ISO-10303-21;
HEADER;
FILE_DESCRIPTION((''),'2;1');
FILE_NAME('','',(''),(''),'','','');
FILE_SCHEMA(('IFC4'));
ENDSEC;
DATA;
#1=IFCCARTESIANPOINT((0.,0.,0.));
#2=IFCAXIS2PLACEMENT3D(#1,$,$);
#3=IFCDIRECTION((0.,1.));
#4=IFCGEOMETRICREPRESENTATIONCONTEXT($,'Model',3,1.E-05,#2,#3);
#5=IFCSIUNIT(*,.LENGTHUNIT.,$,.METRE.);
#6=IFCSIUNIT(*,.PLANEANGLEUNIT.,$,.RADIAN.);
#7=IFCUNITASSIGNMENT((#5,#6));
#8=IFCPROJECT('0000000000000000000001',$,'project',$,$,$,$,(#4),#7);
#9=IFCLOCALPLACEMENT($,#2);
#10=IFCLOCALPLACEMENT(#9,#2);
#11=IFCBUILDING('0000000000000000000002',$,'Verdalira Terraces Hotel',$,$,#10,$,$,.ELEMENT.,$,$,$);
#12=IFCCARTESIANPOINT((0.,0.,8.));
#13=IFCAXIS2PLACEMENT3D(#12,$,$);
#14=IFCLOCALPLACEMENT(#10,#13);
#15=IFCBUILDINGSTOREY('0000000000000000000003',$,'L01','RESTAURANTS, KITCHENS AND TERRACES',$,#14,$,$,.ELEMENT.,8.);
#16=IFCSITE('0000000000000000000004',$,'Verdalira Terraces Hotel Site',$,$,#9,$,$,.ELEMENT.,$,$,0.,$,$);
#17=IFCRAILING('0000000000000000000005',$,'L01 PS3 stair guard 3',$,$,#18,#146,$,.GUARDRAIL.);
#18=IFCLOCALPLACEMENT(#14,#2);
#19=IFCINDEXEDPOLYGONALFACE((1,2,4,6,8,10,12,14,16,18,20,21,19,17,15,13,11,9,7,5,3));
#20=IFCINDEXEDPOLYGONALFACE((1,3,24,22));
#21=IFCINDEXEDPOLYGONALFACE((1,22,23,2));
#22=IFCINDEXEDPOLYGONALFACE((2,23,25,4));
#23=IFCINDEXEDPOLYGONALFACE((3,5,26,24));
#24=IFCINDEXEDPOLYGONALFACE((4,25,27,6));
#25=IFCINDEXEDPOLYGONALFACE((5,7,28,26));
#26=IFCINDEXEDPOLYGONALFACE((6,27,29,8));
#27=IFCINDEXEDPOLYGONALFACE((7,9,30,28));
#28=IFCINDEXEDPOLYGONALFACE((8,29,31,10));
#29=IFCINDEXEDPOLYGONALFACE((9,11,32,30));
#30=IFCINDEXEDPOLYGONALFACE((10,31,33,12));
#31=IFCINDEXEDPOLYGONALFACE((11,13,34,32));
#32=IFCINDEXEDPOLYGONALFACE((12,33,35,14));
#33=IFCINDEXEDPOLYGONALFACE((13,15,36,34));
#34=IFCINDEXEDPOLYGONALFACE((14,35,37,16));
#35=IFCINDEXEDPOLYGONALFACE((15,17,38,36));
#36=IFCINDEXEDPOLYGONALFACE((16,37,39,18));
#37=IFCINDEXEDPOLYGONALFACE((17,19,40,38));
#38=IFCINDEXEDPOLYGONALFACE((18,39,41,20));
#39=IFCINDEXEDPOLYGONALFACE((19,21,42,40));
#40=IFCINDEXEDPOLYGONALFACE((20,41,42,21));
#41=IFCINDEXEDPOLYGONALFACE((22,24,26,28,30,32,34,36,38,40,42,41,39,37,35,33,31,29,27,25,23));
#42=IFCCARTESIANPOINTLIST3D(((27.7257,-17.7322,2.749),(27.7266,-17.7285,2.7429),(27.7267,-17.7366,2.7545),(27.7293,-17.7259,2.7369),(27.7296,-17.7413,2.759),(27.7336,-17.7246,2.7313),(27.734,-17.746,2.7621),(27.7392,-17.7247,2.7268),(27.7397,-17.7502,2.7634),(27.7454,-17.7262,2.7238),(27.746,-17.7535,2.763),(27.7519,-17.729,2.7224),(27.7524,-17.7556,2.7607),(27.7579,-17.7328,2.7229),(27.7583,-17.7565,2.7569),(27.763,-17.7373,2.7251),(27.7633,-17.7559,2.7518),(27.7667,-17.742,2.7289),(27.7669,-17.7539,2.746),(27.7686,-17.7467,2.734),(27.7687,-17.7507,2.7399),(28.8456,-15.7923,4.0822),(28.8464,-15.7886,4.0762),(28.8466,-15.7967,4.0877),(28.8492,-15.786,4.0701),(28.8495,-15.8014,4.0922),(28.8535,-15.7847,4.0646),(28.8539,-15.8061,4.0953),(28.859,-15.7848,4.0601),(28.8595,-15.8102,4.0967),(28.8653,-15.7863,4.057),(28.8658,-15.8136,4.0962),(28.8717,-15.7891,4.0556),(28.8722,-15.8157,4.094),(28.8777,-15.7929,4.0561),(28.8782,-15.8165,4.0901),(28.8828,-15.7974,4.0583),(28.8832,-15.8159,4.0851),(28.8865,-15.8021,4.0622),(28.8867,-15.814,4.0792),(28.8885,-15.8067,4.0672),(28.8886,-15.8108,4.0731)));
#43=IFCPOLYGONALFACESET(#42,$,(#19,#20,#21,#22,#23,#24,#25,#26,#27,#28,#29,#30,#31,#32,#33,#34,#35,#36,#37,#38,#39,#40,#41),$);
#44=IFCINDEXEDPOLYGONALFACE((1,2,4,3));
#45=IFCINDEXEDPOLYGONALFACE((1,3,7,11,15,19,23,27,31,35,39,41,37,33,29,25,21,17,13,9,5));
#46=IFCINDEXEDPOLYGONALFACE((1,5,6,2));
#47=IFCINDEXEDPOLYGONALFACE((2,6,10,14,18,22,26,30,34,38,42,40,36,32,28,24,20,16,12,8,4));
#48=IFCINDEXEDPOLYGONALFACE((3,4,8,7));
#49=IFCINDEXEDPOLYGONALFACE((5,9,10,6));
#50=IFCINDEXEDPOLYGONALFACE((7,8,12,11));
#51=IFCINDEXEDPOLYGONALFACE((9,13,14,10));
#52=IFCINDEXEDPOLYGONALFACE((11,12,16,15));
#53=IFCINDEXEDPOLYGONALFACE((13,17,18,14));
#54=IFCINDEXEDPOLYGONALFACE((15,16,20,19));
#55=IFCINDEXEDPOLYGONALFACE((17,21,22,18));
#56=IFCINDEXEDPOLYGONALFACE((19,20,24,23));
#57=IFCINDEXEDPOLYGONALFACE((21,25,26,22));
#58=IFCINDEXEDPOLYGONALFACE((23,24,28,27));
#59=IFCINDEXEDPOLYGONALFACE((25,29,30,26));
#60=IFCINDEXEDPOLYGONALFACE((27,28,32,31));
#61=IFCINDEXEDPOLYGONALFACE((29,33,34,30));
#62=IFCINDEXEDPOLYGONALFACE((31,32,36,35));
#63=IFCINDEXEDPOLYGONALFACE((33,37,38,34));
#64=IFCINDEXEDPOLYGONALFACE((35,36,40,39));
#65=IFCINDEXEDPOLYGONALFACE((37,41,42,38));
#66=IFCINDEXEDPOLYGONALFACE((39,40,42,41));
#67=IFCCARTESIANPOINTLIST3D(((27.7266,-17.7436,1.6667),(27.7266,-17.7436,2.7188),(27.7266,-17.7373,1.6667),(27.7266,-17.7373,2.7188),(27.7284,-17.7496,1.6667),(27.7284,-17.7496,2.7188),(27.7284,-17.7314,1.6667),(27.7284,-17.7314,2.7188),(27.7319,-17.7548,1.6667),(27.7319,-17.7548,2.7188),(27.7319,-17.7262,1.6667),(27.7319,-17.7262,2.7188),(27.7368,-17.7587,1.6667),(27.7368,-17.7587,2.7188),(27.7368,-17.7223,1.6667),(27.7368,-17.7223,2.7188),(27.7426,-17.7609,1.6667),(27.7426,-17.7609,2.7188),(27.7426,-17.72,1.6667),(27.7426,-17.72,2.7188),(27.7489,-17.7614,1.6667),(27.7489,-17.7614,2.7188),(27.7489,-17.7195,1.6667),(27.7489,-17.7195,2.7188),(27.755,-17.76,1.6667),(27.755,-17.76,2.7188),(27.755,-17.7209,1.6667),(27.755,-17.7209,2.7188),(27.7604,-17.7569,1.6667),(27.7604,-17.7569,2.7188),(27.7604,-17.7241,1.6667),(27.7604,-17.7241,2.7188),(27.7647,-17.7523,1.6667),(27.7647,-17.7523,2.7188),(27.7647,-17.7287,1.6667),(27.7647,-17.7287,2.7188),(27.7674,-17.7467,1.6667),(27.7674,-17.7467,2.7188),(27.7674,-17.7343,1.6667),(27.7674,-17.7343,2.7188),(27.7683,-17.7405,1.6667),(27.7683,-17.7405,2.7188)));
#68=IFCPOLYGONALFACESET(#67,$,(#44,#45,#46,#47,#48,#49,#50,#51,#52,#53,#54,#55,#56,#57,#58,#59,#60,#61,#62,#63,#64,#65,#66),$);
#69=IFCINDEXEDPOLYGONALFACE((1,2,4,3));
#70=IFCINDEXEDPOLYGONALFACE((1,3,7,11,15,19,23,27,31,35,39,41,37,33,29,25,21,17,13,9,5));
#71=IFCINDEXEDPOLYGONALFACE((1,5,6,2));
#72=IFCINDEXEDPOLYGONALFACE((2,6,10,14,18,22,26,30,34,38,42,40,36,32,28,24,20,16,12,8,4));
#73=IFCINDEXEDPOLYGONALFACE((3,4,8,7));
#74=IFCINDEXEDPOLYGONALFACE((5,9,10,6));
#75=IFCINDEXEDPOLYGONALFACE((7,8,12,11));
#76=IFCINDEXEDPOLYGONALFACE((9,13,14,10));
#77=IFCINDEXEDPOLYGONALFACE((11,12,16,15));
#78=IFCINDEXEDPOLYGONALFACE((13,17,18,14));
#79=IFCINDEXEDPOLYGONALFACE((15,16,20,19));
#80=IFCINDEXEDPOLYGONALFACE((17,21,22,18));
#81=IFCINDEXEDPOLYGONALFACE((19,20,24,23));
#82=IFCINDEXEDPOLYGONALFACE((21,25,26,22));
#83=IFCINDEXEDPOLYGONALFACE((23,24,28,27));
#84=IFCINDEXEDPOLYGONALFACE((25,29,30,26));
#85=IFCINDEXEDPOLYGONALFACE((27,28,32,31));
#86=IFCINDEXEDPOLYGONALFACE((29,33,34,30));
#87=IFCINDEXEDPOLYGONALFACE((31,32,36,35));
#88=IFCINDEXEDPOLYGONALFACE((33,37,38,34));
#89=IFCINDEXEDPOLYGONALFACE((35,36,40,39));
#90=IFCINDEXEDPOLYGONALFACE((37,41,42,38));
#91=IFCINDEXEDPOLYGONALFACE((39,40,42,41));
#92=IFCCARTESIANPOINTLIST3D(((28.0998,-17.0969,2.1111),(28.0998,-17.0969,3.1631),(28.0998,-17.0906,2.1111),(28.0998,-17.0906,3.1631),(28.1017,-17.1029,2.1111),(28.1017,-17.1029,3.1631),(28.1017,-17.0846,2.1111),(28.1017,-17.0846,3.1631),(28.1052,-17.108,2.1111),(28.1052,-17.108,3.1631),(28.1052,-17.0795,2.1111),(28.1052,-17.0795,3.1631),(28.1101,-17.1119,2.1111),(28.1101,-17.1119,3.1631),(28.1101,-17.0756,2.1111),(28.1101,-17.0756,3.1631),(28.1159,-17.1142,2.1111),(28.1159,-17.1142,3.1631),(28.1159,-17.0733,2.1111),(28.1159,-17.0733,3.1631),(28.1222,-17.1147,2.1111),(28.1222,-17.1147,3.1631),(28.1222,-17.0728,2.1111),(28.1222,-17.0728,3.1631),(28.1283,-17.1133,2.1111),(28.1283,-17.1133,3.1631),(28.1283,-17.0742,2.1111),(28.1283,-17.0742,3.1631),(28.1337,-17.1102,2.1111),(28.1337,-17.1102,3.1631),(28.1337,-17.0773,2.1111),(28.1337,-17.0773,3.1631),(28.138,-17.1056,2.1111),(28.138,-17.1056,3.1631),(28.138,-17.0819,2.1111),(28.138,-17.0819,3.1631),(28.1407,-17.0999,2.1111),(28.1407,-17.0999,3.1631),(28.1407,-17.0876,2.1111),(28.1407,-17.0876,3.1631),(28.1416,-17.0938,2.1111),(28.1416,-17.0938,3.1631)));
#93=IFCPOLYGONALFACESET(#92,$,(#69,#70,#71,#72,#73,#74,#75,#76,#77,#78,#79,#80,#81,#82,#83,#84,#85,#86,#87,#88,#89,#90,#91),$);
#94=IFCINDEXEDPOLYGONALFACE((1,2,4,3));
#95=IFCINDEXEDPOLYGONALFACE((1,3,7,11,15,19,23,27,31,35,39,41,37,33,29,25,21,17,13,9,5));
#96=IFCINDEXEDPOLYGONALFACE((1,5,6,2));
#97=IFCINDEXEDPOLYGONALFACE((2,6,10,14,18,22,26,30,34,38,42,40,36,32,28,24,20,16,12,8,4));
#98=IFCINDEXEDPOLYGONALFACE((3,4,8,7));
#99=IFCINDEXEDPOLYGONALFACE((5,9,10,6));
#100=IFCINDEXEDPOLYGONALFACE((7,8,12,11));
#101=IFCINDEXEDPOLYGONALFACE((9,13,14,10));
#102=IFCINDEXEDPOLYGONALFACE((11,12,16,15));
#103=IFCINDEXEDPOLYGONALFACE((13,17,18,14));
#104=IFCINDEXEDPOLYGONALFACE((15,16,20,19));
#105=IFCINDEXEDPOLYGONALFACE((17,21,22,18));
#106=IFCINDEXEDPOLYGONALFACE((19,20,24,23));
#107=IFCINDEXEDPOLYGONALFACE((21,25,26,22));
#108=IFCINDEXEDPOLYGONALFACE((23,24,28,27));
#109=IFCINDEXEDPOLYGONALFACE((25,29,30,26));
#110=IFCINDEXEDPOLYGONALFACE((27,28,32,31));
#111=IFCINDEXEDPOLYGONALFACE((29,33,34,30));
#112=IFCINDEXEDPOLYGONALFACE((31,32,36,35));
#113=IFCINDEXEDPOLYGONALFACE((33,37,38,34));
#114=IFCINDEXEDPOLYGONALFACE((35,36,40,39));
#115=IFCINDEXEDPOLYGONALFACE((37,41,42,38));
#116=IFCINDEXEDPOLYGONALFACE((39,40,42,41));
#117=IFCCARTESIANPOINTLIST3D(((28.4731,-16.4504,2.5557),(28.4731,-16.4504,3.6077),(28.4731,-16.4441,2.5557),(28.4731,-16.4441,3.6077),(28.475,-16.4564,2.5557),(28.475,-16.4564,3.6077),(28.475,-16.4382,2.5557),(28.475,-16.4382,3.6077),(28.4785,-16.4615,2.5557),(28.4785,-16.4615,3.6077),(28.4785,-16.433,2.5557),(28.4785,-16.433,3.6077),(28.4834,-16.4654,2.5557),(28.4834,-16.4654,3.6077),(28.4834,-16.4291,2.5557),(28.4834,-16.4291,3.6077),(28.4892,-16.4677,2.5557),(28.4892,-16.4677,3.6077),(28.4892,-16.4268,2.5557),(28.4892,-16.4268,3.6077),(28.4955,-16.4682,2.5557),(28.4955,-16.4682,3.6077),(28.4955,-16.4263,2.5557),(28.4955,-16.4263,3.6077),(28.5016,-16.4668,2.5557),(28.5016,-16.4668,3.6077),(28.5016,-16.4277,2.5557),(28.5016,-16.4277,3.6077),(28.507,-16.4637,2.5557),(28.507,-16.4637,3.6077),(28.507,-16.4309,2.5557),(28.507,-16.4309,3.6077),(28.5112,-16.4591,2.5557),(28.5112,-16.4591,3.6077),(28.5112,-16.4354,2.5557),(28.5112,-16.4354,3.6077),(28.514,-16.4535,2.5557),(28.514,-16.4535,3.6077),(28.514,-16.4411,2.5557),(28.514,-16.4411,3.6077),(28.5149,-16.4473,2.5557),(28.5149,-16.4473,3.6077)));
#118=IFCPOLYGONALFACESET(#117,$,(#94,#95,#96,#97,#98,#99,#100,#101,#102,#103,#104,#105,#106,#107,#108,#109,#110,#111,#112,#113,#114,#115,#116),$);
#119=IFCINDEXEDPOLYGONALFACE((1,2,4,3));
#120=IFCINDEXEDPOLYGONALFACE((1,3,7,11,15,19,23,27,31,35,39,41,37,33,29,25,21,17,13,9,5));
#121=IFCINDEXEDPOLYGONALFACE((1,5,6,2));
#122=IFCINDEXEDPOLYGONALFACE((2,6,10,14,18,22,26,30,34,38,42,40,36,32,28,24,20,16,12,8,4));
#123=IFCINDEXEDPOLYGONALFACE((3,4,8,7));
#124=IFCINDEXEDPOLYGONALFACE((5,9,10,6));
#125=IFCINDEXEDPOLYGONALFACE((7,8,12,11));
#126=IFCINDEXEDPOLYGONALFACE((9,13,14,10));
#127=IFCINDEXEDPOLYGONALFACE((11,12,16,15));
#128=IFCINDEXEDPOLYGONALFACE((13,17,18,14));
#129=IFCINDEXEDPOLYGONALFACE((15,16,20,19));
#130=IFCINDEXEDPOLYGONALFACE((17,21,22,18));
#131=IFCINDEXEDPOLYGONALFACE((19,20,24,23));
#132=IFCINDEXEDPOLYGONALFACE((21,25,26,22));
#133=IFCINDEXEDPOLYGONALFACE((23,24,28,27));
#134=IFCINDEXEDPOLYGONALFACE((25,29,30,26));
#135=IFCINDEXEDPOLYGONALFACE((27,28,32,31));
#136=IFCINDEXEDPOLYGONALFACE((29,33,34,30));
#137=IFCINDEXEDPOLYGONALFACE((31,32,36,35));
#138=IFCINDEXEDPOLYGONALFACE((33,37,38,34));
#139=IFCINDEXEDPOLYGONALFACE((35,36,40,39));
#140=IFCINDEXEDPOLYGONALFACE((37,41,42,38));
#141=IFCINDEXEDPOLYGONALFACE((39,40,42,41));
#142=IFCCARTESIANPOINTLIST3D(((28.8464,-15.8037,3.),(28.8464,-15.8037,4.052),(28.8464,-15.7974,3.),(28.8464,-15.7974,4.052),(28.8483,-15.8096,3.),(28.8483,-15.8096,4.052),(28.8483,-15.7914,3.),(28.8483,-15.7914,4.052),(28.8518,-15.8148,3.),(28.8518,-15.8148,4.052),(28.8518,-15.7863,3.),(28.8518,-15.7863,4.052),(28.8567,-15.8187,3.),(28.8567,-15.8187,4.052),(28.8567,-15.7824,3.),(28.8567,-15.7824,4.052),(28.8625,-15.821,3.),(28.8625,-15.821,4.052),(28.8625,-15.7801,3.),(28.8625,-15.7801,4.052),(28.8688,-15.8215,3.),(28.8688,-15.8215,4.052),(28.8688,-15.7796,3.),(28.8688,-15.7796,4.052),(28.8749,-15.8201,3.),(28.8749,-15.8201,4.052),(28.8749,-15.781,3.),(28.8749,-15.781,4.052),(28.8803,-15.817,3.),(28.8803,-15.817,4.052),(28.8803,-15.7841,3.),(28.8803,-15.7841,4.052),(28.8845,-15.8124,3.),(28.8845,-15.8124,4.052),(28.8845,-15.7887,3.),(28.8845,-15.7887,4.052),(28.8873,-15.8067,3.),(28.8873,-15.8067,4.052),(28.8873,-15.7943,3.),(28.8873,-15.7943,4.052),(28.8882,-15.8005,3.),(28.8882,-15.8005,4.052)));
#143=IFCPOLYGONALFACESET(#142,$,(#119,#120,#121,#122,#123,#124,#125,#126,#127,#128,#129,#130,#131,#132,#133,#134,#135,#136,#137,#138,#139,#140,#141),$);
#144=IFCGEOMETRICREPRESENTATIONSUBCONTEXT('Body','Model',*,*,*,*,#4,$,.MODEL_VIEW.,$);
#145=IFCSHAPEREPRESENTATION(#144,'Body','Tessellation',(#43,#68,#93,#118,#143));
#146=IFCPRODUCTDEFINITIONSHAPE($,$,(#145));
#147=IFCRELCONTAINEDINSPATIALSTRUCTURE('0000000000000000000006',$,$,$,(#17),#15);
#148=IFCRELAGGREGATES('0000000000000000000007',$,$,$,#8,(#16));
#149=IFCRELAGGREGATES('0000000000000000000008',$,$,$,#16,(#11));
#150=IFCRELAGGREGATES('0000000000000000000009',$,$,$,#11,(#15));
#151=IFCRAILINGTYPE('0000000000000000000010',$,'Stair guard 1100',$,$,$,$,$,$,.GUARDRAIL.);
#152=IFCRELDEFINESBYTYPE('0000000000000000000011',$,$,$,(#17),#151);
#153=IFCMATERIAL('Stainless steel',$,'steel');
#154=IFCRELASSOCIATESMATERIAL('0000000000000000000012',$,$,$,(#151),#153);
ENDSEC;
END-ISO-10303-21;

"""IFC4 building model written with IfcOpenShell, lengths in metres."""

from ifc_helpers import new_model, si_unit, direction, frame, origin, origin_2d, place, context, subcontext, project, spatial, circle, extrude, material, type_object, element, save


model = new_model("IFC4")

# Units and contexts
model_context = context("Model", 3, precision=1e-05, world=origin(), true_north=direction((0.0, 1.0)))
body_context = subcontext(model_context, "Body", "Model", "MODEL_VIEW")
ifc_project = project(units=[si_unit("LENGTHUNIT", "METRE"), si_unit("PLANEANGLEUNIT", "RADIAN")], contexts=[model_context])

# Site, building, storey
site_placement = place(None, origin())
site = spatial("IfcSite", under=ifc_project, at=site_placement, Name="Verdalira Terraces Hotel Site", CompositionType="ELEMENT", RefElevation=0.0)
building_placement = place(site_placement, origin())
building = spatial("IfcBuilding", under=site, at=building_placement, Name="Verdalira Terraces Hotel", CompositionType="ELEMENT")
storey_placement = place(building_placement, frame((0.0, 0.0, 8.0)))
storey = spatial("IfcBuildingStorey", under=building, at=storey_placement, Name="L01", Description="RESTAURANTS, KITCHENS AND TERRACES", CompositionType="ELEMENT", Elevation=8.0)

# Railing
ifc_material_1 = material(Name="Stainless steel", Category="steel")
railing_type_1 = type_object("IfcRailingType", Name="Stair guard 1100", PredefinedType="GUARDRAIL", material=ifc_material_1)
railing_1_placement = place(storey_placement, frame((27.7473, -17.7405, 1.6667)))
element("IfcRailing", 1, at=railing_1_placement, inside=storey, type_object=railing_type_1, Name="L01 PS3 stair guard 3", PredefinedType="GUARDRAIL", context=body_context, shape_type="SweptSolid", body=[
    extrude(circle(Radius=0.0239, at=origin_2d()), frame((0.0, 0.0, 1.0762), z_axis=(0.429608, 0.744205, 0.511465), x_axis=(-0.866055, 0.499949, 0.0)), (0.0, 0.0, 1.0), 2.6067),
    extrude(circle(Radius=0.021, at=origin_2d()), origin(), (0.0, 0.0, 1.0), 1.052),
    extrude(circle(Radius=0.021, at=origin_2d()), frame((0.3733, 0.6467, 0.4443)), (0.0, 0.0, 1.0), 1.052),
    extrude(circle(Radius=0.021, at=origin_2d()), frame((0.7466, 1.2932, 0.8889)), (0.0, 0.0, 1.0), 1.052),
    extrude(circle(Radius=0.021, at=origin_2d()), frame((1.1199, 1.9399, 1.3333)), (0.0, 0.0, 1.0), 1.052),
])

save(model, "model.ifc")
